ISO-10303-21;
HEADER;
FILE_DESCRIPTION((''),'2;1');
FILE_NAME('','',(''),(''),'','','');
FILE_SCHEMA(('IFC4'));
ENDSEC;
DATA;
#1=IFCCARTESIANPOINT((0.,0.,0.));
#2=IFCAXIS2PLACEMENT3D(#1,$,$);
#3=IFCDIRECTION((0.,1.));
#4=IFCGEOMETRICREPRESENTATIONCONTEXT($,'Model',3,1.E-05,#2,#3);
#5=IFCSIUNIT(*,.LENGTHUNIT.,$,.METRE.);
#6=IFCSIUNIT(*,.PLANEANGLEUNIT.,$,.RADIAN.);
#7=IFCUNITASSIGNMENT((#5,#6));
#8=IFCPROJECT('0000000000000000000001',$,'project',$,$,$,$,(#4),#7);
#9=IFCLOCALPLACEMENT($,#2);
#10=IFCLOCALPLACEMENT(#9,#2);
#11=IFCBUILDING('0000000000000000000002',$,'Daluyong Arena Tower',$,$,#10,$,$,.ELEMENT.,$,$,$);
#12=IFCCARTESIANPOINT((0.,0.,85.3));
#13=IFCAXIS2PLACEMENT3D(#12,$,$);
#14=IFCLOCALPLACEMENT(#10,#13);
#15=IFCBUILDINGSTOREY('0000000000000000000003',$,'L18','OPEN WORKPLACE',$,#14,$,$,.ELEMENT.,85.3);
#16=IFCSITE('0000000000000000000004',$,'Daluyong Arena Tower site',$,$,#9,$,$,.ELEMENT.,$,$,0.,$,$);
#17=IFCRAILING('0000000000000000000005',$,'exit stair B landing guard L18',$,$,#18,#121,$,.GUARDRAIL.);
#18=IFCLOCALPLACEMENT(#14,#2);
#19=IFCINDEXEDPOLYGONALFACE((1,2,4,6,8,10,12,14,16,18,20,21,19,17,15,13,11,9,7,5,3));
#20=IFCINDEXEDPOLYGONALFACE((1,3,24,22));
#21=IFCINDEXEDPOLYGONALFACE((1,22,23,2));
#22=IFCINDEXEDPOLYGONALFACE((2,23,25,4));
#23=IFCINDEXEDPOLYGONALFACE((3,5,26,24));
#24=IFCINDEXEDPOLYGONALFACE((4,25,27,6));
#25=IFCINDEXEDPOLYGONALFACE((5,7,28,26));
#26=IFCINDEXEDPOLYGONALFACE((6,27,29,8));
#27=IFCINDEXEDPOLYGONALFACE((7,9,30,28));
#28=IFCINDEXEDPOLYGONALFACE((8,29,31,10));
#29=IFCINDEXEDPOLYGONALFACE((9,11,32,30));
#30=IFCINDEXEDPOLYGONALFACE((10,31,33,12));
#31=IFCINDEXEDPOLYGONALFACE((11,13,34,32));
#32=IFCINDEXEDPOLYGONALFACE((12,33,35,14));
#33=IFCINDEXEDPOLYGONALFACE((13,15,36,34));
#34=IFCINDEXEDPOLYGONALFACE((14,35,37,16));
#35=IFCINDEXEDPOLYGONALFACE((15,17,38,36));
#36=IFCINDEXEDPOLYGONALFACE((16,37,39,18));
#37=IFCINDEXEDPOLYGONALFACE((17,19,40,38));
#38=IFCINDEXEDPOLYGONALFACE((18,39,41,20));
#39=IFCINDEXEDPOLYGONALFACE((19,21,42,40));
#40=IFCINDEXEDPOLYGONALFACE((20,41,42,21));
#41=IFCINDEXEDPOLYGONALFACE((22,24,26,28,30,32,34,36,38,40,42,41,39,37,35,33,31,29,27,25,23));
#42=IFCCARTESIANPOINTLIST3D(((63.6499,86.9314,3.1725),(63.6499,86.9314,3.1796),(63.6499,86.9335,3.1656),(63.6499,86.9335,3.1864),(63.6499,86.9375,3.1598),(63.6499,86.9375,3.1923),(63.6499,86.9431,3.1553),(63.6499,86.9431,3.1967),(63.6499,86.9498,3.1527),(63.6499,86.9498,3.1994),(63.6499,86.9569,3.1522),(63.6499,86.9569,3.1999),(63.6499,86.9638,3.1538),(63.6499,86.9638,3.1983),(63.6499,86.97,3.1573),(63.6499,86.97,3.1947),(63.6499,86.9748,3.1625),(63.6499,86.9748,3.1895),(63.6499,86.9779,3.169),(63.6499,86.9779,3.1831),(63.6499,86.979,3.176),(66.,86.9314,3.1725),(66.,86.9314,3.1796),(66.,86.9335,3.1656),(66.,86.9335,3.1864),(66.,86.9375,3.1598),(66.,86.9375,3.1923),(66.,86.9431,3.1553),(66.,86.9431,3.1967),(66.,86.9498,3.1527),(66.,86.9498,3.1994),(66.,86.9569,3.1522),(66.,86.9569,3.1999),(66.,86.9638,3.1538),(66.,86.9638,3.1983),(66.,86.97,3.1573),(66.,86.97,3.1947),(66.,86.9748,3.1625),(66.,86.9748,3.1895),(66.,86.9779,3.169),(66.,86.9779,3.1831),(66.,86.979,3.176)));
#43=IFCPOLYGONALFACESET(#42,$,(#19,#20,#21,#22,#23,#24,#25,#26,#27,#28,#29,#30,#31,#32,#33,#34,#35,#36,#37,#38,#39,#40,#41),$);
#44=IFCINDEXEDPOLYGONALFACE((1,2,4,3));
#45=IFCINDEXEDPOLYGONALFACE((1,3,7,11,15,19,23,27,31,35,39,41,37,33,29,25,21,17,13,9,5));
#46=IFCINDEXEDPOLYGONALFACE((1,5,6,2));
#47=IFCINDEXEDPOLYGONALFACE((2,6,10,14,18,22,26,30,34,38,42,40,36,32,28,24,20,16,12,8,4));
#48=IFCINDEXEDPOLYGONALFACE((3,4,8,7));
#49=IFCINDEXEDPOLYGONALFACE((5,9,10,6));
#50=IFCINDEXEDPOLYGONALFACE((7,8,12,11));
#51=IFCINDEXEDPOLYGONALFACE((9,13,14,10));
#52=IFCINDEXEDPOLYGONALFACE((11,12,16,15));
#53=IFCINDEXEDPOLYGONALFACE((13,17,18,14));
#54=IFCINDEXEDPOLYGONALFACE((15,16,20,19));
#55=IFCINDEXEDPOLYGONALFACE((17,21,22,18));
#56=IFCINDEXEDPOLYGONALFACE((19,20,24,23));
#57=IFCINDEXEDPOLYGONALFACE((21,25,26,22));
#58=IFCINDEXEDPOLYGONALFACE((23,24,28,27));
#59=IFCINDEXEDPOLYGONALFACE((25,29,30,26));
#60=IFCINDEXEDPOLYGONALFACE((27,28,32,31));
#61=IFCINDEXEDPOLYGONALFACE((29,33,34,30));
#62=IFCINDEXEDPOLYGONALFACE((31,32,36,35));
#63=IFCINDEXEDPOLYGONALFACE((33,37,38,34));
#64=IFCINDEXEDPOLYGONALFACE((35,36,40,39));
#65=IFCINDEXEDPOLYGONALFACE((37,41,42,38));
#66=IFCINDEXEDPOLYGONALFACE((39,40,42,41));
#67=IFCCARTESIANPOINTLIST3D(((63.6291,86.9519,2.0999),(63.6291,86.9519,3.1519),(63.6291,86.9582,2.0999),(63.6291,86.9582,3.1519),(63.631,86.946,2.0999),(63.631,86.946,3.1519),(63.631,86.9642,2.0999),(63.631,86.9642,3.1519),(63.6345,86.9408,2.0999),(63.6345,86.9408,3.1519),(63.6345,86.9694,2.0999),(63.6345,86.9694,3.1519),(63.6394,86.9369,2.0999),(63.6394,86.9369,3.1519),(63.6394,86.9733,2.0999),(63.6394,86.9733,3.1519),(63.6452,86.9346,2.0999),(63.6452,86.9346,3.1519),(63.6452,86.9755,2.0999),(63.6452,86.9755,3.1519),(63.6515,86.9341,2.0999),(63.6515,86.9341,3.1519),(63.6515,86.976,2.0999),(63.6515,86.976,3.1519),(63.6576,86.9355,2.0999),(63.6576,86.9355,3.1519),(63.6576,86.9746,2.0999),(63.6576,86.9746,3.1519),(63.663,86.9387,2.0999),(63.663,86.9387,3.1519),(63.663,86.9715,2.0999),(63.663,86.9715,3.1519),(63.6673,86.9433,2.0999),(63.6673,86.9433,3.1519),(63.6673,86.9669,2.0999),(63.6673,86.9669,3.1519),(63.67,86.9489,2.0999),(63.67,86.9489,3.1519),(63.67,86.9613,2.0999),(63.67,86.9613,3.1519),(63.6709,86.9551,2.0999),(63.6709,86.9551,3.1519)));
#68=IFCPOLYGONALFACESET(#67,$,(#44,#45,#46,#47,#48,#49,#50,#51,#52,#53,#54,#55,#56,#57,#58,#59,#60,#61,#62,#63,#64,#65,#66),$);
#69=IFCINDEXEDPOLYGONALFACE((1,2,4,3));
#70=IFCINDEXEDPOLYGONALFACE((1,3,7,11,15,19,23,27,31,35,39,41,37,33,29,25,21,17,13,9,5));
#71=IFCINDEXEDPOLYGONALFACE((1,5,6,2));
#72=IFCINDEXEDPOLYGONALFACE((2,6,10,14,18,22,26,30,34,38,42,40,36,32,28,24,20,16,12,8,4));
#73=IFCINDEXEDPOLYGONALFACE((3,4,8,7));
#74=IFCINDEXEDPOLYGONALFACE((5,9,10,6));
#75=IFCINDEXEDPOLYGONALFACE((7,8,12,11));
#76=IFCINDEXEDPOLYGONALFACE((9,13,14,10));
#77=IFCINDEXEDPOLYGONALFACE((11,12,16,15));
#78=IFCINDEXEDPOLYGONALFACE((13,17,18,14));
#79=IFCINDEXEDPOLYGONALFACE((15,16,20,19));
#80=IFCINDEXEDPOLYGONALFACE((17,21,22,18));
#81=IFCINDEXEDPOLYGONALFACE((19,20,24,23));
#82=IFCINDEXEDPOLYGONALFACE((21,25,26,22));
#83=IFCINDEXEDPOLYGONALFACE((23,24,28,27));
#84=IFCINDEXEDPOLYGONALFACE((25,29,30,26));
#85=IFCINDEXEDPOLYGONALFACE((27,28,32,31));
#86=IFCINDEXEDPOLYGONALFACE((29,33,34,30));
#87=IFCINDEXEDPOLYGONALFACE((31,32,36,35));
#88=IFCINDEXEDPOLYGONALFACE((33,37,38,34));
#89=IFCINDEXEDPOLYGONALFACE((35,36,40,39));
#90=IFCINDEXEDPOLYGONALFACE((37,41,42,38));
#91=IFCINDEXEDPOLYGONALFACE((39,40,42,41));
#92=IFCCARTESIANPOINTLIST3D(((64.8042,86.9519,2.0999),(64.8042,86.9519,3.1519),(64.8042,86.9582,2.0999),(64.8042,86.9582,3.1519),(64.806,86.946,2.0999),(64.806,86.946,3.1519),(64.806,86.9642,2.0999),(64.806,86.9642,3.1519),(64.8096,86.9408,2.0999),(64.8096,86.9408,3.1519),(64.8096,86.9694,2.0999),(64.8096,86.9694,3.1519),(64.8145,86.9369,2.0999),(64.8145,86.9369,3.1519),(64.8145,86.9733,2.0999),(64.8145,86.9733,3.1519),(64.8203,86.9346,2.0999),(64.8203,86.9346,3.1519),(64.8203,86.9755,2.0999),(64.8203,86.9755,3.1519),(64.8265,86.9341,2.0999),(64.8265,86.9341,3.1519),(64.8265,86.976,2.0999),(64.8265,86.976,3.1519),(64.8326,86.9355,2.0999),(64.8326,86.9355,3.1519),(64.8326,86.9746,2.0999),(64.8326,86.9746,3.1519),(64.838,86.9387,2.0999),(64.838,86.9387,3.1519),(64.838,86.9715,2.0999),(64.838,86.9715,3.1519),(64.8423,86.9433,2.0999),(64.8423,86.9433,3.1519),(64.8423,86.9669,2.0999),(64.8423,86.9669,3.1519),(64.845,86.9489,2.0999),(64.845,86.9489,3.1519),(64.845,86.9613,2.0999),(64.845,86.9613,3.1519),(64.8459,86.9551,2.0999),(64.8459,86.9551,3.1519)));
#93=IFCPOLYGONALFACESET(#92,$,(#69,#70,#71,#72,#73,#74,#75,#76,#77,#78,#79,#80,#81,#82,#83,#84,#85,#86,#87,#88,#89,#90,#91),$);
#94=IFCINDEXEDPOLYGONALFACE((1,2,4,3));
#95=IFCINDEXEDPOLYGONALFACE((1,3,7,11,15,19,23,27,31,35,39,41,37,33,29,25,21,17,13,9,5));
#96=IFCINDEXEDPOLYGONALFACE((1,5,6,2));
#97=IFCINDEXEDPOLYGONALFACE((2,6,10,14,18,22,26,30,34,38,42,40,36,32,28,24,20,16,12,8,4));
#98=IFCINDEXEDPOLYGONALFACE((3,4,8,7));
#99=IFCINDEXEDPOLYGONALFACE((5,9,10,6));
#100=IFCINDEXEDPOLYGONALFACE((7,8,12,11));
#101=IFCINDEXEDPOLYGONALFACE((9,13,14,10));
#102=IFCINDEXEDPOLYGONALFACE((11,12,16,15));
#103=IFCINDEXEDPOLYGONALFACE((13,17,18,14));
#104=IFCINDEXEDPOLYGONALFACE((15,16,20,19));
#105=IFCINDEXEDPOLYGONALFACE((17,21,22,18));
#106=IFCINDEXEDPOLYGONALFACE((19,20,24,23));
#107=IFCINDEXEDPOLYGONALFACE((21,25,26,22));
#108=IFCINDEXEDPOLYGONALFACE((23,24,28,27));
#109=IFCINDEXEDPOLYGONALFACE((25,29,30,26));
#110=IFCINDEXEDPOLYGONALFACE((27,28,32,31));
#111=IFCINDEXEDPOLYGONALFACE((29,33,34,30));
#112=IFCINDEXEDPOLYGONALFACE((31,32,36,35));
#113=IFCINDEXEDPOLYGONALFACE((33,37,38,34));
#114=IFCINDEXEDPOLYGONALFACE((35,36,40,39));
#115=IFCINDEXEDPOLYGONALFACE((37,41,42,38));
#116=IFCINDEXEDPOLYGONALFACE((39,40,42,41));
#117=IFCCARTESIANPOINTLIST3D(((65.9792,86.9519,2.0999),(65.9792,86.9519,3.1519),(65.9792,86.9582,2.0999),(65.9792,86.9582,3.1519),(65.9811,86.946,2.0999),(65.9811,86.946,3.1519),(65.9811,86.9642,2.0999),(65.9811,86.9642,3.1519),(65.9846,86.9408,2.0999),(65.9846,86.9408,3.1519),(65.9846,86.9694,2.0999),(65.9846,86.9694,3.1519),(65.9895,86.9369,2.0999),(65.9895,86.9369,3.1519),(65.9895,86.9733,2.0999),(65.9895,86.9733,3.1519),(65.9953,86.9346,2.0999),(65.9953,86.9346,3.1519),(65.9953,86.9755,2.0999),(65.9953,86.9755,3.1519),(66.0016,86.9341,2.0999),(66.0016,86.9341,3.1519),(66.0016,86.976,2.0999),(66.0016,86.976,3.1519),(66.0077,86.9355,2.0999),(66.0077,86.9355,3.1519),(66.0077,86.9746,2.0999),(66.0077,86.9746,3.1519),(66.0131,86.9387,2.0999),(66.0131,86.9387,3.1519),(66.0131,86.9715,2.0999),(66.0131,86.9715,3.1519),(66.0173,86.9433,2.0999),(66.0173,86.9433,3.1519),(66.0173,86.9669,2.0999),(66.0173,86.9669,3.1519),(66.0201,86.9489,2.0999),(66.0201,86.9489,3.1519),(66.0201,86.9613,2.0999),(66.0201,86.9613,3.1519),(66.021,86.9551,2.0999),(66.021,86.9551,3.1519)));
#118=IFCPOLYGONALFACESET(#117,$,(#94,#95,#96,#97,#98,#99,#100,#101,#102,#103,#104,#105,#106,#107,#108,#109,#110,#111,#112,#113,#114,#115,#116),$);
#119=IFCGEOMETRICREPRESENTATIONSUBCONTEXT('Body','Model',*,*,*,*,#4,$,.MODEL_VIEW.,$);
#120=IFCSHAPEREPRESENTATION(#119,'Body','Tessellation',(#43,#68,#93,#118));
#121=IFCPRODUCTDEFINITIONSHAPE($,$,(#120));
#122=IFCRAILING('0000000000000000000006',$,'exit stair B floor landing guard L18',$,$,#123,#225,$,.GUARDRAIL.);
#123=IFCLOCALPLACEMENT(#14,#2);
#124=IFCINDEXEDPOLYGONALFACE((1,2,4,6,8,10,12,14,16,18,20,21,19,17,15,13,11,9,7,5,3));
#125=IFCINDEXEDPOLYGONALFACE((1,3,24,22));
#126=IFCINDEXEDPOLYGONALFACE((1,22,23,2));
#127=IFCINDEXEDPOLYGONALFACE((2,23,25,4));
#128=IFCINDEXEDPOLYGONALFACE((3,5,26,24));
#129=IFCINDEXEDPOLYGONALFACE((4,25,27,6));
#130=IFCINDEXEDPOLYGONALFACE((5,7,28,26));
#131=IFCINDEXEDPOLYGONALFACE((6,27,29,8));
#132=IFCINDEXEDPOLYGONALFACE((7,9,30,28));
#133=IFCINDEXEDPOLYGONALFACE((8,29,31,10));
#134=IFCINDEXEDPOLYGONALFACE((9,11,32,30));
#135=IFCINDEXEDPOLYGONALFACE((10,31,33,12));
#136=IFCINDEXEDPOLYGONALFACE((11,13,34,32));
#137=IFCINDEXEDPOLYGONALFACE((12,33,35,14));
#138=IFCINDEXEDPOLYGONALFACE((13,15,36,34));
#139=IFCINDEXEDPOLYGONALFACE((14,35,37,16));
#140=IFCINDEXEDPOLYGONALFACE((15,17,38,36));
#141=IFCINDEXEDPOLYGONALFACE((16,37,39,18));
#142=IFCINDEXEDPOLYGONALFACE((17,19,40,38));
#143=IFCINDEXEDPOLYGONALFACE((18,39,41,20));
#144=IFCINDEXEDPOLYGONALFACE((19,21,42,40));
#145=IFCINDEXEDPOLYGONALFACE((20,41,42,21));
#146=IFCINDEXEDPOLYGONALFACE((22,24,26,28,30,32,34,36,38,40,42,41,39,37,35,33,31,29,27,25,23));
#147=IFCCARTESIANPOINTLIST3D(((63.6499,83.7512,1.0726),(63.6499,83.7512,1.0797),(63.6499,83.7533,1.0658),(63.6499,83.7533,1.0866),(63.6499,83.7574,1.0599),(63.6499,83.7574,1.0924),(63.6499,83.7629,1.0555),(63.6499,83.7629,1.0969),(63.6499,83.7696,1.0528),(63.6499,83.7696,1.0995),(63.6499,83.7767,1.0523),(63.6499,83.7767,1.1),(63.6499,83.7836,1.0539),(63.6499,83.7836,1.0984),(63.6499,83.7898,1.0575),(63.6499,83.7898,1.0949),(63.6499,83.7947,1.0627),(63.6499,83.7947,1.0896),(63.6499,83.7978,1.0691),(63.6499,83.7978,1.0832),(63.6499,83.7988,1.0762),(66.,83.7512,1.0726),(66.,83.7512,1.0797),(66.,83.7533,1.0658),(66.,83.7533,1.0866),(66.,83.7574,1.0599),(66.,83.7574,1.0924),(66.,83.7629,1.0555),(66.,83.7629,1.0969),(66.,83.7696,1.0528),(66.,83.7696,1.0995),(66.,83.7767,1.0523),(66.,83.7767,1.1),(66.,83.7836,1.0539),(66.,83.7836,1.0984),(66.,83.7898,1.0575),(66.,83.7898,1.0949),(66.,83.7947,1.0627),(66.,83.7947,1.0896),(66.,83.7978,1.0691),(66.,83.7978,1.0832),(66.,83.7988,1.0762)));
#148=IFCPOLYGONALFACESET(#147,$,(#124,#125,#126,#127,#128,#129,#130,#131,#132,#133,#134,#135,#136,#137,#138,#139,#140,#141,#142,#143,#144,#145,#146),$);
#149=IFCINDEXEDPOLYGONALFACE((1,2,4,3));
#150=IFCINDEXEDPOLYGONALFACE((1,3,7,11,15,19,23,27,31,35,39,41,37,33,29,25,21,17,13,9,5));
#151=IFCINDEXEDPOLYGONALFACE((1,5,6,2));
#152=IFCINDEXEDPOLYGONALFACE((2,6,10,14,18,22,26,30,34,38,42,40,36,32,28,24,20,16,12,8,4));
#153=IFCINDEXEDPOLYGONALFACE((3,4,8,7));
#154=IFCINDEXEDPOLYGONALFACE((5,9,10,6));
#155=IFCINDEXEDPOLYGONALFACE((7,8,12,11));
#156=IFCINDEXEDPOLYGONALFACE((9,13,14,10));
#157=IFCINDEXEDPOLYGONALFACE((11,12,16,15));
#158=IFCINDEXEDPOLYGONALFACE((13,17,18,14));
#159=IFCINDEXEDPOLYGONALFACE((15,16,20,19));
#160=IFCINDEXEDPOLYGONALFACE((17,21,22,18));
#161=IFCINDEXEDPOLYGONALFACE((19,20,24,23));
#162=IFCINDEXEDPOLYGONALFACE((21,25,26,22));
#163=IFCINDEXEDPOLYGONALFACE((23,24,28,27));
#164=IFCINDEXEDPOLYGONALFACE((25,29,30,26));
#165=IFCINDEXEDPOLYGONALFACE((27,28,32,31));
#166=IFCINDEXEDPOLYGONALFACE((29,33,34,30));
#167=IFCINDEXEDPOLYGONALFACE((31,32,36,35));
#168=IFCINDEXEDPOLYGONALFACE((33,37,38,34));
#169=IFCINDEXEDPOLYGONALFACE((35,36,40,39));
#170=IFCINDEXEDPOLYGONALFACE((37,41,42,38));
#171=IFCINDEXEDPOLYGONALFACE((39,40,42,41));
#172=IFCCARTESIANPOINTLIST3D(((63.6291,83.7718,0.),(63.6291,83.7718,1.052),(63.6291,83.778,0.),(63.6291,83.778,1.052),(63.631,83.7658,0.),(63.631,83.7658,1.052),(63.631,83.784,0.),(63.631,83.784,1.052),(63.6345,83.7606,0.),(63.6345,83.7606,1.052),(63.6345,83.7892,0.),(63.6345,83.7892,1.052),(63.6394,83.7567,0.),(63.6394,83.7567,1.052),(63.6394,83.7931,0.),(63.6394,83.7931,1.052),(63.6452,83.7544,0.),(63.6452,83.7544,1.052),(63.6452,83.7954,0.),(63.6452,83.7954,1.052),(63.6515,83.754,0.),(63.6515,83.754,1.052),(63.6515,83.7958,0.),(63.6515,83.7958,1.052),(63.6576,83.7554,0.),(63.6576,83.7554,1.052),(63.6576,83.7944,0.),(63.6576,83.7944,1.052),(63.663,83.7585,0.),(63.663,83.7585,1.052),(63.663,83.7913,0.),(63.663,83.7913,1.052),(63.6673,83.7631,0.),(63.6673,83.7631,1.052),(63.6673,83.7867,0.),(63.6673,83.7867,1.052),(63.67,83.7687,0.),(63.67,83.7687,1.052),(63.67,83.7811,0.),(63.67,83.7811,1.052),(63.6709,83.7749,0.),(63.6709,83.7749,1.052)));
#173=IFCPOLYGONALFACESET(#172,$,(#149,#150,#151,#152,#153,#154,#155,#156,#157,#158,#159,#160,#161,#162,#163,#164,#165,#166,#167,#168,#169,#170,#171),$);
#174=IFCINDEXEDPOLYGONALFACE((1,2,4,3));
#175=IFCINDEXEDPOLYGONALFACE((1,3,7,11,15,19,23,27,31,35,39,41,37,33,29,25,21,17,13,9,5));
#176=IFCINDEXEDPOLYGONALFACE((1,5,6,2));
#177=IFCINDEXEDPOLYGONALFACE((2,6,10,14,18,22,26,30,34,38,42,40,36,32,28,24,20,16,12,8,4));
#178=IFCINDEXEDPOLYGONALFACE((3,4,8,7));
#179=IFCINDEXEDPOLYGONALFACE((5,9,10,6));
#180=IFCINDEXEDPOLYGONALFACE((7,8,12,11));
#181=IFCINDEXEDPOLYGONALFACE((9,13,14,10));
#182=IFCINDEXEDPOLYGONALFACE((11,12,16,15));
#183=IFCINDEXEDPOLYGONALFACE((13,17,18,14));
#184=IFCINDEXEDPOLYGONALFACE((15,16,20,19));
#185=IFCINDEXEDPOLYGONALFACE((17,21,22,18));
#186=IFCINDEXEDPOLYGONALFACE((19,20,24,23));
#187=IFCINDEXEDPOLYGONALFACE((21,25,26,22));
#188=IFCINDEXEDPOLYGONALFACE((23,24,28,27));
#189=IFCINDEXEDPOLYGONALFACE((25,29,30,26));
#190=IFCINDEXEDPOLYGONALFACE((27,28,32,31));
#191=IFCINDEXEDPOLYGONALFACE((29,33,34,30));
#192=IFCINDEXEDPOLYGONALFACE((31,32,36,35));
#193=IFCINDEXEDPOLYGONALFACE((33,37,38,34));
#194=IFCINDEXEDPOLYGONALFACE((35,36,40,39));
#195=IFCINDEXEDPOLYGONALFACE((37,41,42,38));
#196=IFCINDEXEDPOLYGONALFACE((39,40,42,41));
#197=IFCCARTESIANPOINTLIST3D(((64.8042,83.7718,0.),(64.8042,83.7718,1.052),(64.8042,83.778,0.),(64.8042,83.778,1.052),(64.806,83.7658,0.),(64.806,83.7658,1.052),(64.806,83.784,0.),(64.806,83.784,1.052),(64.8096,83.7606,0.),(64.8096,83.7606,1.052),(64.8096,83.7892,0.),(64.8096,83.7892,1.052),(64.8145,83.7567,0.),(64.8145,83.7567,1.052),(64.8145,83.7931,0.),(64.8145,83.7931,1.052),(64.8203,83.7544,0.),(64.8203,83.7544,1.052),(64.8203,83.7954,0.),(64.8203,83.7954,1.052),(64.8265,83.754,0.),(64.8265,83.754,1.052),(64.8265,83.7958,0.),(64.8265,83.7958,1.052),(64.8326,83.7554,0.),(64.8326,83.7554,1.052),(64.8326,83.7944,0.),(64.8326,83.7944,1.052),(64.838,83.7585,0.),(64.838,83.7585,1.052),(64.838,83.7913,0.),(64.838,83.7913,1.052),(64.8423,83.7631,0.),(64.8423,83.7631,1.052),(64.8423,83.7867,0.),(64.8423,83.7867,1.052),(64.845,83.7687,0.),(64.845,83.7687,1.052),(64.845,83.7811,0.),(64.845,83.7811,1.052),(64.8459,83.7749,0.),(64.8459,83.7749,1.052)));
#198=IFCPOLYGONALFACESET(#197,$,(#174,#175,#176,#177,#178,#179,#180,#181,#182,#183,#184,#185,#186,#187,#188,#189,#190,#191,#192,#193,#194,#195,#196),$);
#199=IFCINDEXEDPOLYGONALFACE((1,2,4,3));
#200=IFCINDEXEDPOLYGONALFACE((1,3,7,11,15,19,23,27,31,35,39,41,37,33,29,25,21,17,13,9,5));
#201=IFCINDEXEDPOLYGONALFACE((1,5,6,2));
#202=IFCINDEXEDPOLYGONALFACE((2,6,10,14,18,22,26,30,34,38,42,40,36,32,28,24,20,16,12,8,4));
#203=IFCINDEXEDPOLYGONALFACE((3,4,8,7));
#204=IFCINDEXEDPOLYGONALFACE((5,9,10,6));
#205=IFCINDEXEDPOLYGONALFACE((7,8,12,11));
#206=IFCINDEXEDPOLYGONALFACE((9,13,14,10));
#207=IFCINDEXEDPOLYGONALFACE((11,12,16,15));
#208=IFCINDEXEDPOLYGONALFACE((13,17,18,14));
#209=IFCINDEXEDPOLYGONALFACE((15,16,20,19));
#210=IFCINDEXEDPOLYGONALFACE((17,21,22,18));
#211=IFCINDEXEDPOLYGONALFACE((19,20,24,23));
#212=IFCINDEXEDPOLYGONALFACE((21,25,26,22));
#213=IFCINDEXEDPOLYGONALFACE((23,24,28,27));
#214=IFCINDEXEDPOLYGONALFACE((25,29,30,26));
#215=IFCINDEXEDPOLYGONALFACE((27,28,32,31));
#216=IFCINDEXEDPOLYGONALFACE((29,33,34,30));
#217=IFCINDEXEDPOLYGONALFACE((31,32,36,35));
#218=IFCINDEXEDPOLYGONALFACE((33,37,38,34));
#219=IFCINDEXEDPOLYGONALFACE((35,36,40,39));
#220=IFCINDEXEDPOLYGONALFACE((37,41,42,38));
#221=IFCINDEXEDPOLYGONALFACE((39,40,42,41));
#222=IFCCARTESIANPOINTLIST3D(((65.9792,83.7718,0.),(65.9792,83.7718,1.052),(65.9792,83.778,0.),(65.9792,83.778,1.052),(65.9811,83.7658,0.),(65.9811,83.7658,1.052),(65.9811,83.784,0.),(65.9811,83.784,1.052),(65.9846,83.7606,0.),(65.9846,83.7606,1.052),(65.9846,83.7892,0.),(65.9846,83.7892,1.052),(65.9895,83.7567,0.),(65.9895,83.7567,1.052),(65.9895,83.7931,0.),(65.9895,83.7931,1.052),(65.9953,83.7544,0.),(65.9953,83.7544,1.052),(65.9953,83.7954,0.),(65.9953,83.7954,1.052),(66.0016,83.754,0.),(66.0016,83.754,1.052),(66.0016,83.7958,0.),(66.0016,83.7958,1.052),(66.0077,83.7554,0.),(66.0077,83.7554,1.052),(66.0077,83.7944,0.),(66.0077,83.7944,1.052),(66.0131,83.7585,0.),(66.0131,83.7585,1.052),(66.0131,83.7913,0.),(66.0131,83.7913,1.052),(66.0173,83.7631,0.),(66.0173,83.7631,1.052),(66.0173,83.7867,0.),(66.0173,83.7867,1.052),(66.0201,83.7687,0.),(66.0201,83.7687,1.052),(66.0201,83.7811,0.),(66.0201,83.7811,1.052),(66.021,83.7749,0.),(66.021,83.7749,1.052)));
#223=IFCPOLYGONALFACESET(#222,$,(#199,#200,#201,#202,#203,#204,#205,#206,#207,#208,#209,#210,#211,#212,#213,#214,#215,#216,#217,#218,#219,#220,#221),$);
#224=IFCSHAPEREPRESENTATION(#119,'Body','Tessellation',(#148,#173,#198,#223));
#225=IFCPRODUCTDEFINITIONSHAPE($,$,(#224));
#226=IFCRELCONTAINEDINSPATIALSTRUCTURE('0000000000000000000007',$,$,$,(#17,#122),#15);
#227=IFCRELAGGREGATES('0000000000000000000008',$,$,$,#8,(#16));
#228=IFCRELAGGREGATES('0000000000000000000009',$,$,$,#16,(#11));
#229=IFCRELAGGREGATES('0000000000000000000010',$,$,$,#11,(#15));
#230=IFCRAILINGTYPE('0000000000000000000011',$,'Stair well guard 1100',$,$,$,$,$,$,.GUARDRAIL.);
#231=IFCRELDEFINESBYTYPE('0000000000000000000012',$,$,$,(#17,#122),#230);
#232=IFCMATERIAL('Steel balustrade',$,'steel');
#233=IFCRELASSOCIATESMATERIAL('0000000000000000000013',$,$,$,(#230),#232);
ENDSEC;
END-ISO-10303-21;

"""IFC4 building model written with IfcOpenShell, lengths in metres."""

from ifc_helpers import new_model, si_unit, direction, frame, origin, origin_2d, place, context, subcontext, project, spatial, circle, extrude, material, type_object, element, save


model = new_model("IFC4")

# Units and contexts
model_context = context("Model", 3, precision=1e-05, world=origin(), true_north=direction((0.0, 1.0)))
body_context = subcontext(model_context, "Body", "Model", "MODEL_VIEW")
ifc_project = project(units=[si_unit("LENGTHUNIT", "METRE"), si_unit("PLANEANGLEUNIT", "RADIAN")], contexts=[model_context])

# Site, building, storey
site_placement = place(None, origin())
site = spatial("IfcSite", under=ifc_project, at=site_placement, Name="Daluyong Arena Tower site", CompositionType="ELEMENT", RefElevation=0.0)
building_placement = place(site_placement, origin())
building = spatial("IfcBuilding", under=site, at=building_placement, Name="Daluyong Arena Tower", CompositionType="ELEMENT")
storey_placement = place(building_placement, frame((0.0, 0.0, 85.3)))
storey = spatial("IfcBuildingStorey", under=building, at=storey_placement, Name="L18", Description="OPEN WORKPLACE", CompositionType="ELEMENT", Elevation=85.3)

# Railings
ifc_material_1 = material(Name="Steel balustrade", Category="steel")
railing_type_1 = type_object("IfcRailingType", Name="Stair well guard 1100", PredefinedType="GUARDRAIL", material=ifc_material_1)
for number, where, name in (
    (1, (63.6499, 86.9551, 2.0999), "exit stair B landing guard L18"),
    (2, (63.6499, 83.7749, 0.0), "exit stair B floor landing guard L18"),
):
    element("IfcRailing", number, at=place(storey_placement, frame(where)), inside=storey, type_object=railing_type_1, Name=name, PredefinedType="GUARDRAIL", context=body_context, shape_type="SweptSolid", body=[
        extrude(circle(Radius=0.0239, at=origin_2d()), frame((0.0, 0.0, 1.0762), z_axis=(1.0, 0.0, 0.0), x_axis=(0.0, 1.0, 0.0)), (0.0, 0.0, 1.0), 2.3501),
        extrude(circle(Radius=0.021, at=origin_2d()), origin(), (0.0, 0.0, 1.0), 1.052),
        extrude(circle(Radius=0.021, at=origin_2d()), frame((1.175, 0.0, 0.0)), (0.0, 0.0, 1.0), 1.052),
        extrude(circle(Radius=0.021, at=origin_2d()), frame((2.3501, 0.0, 0.0)), (0.0, 0.0, 1.0), 1.052),
    ])

save(model, "model.ifc")
